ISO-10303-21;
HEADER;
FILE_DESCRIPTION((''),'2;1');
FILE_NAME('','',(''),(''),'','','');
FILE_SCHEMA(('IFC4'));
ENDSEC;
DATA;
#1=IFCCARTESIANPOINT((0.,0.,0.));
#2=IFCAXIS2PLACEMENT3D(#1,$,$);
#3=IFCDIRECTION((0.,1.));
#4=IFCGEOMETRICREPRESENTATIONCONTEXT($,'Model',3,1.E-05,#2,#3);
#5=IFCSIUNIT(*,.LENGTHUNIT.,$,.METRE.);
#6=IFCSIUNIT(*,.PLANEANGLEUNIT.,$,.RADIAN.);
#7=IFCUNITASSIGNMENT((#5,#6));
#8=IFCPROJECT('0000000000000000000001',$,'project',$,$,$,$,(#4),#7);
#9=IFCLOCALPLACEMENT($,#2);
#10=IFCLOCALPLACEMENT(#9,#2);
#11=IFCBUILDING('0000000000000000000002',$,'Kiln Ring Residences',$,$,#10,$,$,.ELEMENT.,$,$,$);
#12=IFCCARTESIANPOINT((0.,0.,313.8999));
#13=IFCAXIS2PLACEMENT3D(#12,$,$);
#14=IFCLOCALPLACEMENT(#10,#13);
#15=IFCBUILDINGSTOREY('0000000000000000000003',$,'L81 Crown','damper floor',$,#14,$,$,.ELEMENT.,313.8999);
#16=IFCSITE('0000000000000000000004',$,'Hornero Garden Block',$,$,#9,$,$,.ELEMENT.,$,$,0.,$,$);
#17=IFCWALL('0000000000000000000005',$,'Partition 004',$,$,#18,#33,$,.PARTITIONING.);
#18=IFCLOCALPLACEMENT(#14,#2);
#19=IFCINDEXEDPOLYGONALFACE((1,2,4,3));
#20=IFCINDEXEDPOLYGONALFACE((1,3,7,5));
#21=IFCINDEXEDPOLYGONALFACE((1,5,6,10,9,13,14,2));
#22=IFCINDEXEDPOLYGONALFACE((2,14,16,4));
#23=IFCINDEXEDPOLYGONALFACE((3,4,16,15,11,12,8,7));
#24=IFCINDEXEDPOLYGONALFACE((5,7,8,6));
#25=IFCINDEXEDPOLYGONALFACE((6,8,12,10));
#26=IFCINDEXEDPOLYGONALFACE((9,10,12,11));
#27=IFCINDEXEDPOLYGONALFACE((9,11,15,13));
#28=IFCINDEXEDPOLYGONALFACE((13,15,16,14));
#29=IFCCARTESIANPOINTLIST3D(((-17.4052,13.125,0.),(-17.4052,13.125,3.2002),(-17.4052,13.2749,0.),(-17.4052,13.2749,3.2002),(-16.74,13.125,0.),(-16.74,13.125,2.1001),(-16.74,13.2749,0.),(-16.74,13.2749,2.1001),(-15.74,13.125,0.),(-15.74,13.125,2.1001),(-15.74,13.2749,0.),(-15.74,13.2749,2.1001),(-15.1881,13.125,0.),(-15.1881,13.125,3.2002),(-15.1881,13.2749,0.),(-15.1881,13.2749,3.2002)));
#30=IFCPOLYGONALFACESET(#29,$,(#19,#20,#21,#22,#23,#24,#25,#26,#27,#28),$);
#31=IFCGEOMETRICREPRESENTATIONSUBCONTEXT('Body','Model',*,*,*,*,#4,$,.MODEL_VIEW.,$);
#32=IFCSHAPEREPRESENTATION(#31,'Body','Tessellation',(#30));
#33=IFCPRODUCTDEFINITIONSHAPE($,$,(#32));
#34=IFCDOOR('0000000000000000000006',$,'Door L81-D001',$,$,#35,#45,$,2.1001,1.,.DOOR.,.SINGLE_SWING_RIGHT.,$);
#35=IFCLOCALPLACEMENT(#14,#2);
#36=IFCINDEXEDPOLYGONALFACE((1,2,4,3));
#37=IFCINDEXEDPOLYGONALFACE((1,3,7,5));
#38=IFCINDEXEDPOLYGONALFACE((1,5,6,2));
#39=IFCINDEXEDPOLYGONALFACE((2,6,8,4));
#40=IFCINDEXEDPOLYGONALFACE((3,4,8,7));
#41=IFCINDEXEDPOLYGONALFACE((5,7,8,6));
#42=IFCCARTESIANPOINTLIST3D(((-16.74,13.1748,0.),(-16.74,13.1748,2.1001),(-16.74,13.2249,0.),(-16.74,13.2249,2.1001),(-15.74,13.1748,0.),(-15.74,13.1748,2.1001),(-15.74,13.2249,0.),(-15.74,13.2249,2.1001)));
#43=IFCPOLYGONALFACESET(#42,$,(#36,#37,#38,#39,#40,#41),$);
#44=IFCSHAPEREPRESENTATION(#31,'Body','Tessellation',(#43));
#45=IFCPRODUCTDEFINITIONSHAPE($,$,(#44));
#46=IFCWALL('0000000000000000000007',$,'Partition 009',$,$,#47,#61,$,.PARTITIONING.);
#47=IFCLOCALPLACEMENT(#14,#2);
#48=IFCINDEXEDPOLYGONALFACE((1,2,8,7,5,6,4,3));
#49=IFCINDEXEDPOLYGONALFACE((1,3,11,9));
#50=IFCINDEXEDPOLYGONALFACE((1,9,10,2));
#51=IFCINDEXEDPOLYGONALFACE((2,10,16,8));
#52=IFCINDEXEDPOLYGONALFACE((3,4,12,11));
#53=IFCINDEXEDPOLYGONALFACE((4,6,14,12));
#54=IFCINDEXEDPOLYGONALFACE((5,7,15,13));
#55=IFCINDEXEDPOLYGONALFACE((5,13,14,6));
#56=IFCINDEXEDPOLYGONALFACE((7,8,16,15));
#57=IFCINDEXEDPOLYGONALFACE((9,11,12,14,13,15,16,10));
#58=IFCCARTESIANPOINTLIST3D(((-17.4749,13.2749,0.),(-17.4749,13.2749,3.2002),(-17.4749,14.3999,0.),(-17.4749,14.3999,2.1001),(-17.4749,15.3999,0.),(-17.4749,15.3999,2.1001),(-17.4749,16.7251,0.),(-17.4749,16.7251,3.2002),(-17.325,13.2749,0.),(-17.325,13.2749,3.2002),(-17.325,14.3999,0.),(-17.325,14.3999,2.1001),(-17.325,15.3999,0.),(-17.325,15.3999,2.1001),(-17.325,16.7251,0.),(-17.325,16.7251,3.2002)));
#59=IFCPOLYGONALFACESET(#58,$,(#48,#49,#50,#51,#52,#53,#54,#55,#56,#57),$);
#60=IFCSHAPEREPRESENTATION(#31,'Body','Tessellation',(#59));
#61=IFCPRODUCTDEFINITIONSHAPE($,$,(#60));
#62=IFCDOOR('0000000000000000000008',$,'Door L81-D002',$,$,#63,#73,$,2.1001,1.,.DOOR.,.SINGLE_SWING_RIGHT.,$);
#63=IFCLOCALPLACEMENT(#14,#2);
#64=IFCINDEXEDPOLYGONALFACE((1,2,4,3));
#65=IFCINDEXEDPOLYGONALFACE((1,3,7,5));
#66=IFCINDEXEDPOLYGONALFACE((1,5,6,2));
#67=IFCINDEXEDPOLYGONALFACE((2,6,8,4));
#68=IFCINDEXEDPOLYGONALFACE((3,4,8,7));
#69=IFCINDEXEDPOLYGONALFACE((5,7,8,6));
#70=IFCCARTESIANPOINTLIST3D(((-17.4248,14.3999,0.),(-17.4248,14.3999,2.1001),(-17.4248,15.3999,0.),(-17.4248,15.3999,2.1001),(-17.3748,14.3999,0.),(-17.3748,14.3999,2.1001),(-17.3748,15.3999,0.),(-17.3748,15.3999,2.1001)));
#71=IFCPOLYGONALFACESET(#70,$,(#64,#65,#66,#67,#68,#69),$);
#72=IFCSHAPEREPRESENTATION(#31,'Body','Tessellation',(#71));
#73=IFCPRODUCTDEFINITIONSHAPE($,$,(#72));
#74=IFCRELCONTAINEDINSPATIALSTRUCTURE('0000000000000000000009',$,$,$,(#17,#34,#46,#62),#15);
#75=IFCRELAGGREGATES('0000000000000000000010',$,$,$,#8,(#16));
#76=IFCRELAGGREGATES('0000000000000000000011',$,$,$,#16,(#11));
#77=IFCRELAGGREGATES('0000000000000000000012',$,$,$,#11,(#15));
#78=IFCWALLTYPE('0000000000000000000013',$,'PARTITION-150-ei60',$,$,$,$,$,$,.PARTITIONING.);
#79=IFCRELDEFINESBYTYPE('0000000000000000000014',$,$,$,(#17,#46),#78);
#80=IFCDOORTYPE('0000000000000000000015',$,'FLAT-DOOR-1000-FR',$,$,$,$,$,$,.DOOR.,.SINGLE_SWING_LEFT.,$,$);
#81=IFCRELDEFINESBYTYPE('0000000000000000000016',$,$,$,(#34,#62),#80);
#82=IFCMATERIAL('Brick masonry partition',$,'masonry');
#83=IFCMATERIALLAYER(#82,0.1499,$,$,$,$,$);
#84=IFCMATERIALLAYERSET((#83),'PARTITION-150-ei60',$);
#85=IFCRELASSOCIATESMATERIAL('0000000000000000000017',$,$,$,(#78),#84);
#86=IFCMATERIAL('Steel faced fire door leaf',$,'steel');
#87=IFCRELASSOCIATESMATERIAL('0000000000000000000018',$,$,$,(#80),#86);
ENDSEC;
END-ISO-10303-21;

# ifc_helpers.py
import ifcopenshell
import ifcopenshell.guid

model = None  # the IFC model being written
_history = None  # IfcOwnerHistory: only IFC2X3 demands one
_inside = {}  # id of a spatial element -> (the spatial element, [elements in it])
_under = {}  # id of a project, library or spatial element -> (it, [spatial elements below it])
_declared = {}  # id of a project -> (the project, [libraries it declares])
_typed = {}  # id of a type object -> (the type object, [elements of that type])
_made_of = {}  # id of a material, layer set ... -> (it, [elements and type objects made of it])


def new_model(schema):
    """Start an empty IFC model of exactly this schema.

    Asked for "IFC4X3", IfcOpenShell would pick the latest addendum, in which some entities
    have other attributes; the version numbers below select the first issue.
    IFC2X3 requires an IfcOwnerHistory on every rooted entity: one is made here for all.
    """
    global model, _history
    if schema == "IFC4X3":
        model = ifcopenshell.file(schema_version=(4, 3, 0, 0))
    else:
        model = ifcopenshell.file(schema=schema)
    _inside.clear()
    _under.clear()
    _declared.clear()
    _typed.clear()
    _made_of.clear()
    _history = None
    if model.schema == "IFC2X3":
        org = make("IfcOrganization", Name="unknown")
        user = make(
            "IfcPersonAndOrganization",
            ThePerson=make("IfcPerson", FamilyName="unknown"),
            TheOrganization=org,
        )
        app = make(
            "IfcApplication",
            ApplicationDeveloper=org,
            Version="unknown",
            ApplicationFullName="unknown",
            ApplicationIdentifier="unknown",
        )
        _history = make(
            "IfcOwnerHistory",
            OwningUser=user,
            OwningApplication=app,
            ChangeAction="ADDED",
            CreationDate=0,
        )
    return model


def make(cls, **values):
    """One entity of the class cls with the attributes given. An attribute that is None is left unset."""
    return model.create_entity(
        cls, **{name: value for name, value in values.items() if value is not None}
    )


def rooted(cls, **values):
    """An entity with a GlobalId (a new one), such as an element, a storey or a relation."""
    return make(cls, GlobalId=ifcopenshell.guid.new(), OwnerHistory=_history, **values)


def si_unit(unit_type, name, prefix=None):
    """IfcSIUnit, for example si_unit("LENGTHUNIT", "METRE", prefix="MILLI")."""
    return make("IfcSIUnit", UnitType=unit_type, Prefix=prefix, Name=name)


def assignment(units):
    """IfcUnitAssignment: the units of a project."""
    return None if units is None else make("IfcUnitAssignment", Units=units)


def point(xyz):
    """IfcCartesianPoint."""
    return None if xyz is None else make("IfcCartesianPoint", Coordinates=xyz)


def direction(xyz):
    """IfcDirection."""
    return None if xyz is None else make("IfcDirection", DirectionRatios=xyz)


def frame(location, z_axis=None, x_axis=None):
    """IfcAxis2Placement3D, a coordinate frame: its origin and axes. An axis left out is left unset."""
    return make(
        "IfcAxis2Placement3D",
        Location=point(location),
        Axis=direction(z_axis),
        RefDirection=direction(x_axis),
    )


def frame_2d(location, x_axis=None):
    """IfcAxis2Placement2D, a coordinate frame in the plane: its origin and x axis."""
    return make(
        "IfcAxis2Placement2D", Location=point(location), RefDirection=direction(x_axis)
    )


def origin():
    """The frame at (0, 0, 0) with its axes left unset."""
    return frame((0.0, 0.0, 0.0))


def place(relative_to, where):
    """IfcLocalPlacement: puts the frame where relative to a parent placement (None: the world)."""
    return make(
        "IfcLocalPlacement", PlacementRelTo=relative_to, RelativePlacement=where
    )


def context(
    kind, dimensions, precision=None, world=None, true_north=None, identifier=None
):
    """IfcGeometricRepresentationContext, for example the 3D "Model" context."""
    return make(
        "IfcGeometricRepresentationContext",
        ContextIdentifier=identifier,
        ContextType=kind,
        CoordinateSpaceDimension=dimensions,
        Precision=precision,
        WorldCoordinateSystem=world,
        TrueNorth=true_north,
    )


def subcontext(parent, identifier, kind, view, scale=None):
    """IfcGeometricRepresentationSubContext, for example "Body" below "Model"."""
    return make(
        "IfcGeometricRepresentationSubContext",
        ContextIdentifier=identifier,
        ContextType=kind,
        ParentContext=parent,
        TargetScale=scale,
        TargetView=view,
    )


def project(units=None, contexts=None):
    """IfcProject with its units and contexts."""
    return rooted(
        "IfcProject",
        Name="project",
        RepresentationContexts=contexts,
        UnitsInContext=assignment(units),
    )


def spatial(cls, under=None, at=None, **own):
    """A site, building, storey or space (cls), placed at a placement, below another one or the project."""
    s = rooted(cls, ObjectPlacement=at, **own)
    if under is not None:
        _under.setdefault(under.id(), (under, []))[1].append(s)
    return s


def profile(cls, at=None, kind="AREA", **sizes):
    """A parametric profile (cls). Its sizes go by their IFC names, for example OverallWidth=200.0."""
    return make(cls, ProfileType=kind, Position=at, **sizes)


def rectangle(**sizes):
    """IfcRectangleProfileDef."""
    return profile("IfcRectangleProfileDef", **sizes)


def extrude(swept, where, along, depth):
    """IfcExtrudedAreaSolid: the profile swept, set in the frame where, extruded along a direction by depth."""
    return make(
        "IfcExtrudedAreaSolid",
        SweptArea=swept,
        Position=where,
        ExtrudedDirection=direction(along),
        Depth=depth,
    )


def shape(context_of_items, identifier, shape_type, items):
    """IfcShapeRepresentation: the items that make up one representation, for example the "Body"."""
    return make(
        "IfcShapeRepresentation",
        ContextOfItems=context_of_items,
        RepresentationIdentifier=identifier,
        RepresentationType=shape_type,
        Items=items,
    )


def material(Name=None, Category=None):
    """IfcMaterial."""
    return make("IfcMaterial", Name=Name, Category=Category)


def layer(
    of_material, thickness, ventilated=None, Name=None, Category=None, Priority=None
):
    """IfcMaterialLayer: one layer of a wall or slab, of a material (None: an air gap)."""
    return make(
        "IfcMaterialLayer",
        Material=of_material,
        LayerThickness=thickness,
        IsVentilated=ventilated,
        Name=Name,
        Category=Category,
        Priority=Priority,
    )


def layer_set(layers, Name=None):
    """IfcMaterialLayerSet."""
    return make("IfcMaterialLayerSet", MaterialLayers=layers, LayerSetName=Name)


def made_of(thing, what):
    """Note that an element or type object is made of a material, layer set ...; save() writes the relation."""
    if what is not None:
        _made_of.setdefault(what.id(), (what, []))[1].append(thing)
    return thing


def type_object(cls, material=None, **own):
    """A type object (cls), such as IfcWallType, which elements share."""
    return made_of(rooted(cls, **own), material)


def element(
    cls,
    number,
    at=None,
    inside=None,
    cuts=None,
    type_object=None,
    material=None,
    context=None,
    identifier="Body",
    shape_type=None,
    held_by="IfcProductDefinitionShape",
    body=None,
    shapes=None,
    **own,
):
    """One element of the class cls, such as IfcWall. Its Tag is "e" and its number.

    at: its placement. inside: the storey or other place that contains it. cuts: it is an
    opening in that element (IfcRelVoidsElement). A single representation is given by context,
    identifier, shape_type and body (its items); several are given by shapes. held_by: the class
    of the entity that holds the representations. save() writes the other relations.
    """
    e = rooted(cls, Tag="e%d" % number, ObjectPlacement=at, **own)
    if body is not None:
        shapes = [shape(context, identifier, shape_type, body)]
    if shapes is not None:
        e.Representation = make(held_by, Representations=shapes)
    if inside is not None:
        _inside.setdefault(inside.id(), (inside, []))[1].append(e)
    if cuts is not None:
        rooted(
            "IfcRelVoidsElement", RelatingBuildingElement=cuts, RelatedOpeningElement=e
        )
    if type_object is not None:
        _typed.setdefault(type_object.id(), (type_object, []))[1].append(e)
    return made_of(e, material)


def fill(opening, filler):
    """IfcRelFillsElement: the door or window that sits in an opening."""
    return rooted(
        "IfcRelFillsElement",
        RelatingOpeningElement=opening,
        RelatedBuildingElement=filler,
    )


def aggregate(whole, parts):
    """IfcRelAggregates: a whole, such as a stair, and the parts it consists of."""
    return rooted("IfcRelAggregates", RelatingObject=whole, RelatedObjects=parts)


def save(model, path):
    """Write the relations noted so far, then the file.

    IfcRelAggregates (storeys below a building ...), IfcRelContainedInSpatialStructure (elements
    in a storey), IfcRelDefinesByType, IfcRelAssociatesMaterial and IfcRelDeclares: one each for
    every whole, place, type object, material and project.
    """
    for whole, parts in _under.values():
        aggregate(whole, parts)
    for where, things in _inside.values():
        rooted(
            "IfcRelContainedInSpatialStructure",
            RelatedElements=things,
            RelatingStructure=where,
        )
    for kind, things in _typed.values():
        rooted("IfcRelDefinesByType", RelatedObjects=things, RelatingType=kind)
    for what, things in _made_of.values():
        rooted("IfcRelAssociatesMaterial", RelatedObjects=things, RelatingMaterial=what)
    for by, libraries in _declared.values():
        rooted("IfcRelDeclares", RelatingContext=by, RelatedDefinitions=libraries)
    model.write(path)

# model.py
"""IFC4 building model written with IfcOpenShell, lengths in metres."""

from ifc_helpers import new_model, si_unit, direction, frame, frame_2d, origin, place, context, subcontext, project, spatial, rectangle, extrude, material, layer, layer_set, type_object, element, fill, save


model = new_model("IFC4")

# Units and contexts
model_context = context("Model", 3, precision=1e-05, world=origin(), true_north=direction((0.0, 1.0)))
body_context = subcontext(model_context, "Body", "Model", "MODEL_VIEW")
ifc_project = project(units=[si_unit("LENGTHUNIT", "METRE"), si_unit("PLANEANGLEUNIT", "RADIAN")], contexts=[model_context])

# Site, building, storey
site_placement = place(None, origin())
site = spatial("IfcSite", under=ifc_project, at=site_placement, Name="Hornero Garden Block", CompositionType="ELEMENT", RefElevation=0.0)
building_placement = place(site_placement, origin())
building = spatial("IfcBuilding", under=site, at=building_placement, Name="Kiln Ring Residences", CompositionType="ELEMENT")
storey_placement = place(building_placement, frame((0.0, 0.0, 313.8999)))
storey = spatial("IfcBuildingStorey", under=building, at=storey_placement, Name="L81 Crown", Description="damper floor", CompositionType="ELEMENT", Elevation=313.8999)

# Walls, openings, doors
ifc_material_1 = material(Name="Brick masonry partition", Category="masonry")
ifc_layer_1 = layer(ifc_material_1, 0.1499)
ifc_layer_set_1 = layer_set([ifc_layer_1], Name="PARTITION-150-ei60")
wall_type_1 = type_object("IfcWallType", Name="PARTITION-150-ei60", PredefinedType="PARTITIONING", material=ifc_layer_set_1)
wall_1_placement = place(storey_placement, frame((-17.405, 13.2, 0.0), z_axis=(0.0, 0.0, 1.0), x_axis=(1.0, 0.0, 0.0)))
wall_1 = element("IfcWall", 1, at=wall_1_placement, inside=storey, type_object=wall_type_1, Name="Partition 004", PredefinedType="PARTITIONING", context=body_context, shape_type="SweptSolid", body=[
    extrude(rectangle(XDim=2.217, YDim=0.1499, at=frame_2d((1.1084, 0.0))), origin(), (0.0, 0.0, 1.0), 3.2002),
])
opening_1_placement = place(wall_1_placement, frame((0.665, 0.0, 0.0)))
opening_1 = element("IfcOpeningElement", 2, at=opening_1_placement, cuts=wall_1, PredefinedType="OPENING", context=body_context, shape_type="SweptSolid", body=[
    extrude(rectangle(XDim=1.0, YDim=2.1001, at=frame_2d((0.5, 1.05))), frame((0.0, 0.085, 0.0), z_axis=(0.0, -1.0, 0.0), x_axis=(1.0, 0.0, 0.0)), (0.0, 0.0, 1.0), 0.1699),
])
ifc_material_2 = material(Name="Steel faced fire door leaf", Category="steel")
door_type = type_object("IfcDoorType", Name="FLAT-DOOR-1000-FR", OperationType="SINGLE_SWING_LEFT", PredefinedType="DOOR", material=ifc_material_2)
door_1_placement = place(opening_1_placement, origin())
door_1 = element("IfcDoor", 3, at=door_1_placement, inside=storey, type_object=door_type, Name="Door L81-D001", OperationType="SINGLE_SWING_RIGHT", OverallHeight=2.1001, OverallWidth=1.0, PredefinedType="DOOR", context=body_context, shape_type="SweptSolid", body=[
    extrude(rectangle(XDim=1.0, YDim=2.1001, at=frame_2d((0.5, 1.05))), frame((0.0, 0.0249, 0.0), z_axis=(0.0, -1.0, 0.0), x_axis=(1.0, 0.0, 0.0)), (0.0, 0.0, 1.0), 0.05),
])
fill(opening_1, door_1)
wall_2_placement = place(storey_placement, frame((-17.3999, 13.2749, 0.0), z_axis=(0.0, 0.0, 1.0), x_axis=(0.0, 1.0, 0.0)))
wall_2 = element("IfcWall", 4, at=wall_2_placement, inside=storey, type_object=wall_type_1, Name="Partition 009", PredefinedType="PARTITIONING", context=body_context, shape_type="SweptSolid", body=[
    extrude(rectangle(XDim=3.4502, YDim=0.1499, at=frame_2d((1.7251, 0.0))), origin(), (0.0, 0.0, 1.0), 3.2002),
])
opening_2_placement = place(wall_2_placement, frame((1.125, 0.0, 0.0)))
opening_2 = element("IfcOpeningElement", 5, at=opening_2_placement, cuts=wall_2, PredefinedType="OPENING", context=body_context, shape_type="SweptSolid", body=[
    extrude(rectangle(XDim=1.0, YDim=2.1001, at=frame_2d((0.5, 1.05))), frame((0.0, 0.085, 0.0), z_axis=(0.0, -1.0, 0.0), x_axis=(1.0, 0.0, 0.0)), (0.0, 0.0, 1.0), 0.1699),
])
door_2_placement = place(opening_2_placement, origin())
door_2 = element("IfcDoor", 6, at=door_2_placement, inside=storey, type_object=door_type, Name="Door L81-D002", OperationType="SINGLE_SWING_RIGHT", OverallHeight=2.1001, OverallWidth=1.0, PredefinedType="DOOR", context=body_context, shape_type="SweptSolid", body=[
    extrude(rectangle(XDim=1.0, YDim=2.1001, at=frame_2d((0.5, 1.05))), frame((0.0, 0.0249, 0.0), z_axis=(0.0, -1.0, 0.0), x_axis=(1.0, 0.0, 0.0)), (0.0, 0.0, 1.0), 0.05),
])
fill(opening_2, door_2)

save(model, "model.ifc")
